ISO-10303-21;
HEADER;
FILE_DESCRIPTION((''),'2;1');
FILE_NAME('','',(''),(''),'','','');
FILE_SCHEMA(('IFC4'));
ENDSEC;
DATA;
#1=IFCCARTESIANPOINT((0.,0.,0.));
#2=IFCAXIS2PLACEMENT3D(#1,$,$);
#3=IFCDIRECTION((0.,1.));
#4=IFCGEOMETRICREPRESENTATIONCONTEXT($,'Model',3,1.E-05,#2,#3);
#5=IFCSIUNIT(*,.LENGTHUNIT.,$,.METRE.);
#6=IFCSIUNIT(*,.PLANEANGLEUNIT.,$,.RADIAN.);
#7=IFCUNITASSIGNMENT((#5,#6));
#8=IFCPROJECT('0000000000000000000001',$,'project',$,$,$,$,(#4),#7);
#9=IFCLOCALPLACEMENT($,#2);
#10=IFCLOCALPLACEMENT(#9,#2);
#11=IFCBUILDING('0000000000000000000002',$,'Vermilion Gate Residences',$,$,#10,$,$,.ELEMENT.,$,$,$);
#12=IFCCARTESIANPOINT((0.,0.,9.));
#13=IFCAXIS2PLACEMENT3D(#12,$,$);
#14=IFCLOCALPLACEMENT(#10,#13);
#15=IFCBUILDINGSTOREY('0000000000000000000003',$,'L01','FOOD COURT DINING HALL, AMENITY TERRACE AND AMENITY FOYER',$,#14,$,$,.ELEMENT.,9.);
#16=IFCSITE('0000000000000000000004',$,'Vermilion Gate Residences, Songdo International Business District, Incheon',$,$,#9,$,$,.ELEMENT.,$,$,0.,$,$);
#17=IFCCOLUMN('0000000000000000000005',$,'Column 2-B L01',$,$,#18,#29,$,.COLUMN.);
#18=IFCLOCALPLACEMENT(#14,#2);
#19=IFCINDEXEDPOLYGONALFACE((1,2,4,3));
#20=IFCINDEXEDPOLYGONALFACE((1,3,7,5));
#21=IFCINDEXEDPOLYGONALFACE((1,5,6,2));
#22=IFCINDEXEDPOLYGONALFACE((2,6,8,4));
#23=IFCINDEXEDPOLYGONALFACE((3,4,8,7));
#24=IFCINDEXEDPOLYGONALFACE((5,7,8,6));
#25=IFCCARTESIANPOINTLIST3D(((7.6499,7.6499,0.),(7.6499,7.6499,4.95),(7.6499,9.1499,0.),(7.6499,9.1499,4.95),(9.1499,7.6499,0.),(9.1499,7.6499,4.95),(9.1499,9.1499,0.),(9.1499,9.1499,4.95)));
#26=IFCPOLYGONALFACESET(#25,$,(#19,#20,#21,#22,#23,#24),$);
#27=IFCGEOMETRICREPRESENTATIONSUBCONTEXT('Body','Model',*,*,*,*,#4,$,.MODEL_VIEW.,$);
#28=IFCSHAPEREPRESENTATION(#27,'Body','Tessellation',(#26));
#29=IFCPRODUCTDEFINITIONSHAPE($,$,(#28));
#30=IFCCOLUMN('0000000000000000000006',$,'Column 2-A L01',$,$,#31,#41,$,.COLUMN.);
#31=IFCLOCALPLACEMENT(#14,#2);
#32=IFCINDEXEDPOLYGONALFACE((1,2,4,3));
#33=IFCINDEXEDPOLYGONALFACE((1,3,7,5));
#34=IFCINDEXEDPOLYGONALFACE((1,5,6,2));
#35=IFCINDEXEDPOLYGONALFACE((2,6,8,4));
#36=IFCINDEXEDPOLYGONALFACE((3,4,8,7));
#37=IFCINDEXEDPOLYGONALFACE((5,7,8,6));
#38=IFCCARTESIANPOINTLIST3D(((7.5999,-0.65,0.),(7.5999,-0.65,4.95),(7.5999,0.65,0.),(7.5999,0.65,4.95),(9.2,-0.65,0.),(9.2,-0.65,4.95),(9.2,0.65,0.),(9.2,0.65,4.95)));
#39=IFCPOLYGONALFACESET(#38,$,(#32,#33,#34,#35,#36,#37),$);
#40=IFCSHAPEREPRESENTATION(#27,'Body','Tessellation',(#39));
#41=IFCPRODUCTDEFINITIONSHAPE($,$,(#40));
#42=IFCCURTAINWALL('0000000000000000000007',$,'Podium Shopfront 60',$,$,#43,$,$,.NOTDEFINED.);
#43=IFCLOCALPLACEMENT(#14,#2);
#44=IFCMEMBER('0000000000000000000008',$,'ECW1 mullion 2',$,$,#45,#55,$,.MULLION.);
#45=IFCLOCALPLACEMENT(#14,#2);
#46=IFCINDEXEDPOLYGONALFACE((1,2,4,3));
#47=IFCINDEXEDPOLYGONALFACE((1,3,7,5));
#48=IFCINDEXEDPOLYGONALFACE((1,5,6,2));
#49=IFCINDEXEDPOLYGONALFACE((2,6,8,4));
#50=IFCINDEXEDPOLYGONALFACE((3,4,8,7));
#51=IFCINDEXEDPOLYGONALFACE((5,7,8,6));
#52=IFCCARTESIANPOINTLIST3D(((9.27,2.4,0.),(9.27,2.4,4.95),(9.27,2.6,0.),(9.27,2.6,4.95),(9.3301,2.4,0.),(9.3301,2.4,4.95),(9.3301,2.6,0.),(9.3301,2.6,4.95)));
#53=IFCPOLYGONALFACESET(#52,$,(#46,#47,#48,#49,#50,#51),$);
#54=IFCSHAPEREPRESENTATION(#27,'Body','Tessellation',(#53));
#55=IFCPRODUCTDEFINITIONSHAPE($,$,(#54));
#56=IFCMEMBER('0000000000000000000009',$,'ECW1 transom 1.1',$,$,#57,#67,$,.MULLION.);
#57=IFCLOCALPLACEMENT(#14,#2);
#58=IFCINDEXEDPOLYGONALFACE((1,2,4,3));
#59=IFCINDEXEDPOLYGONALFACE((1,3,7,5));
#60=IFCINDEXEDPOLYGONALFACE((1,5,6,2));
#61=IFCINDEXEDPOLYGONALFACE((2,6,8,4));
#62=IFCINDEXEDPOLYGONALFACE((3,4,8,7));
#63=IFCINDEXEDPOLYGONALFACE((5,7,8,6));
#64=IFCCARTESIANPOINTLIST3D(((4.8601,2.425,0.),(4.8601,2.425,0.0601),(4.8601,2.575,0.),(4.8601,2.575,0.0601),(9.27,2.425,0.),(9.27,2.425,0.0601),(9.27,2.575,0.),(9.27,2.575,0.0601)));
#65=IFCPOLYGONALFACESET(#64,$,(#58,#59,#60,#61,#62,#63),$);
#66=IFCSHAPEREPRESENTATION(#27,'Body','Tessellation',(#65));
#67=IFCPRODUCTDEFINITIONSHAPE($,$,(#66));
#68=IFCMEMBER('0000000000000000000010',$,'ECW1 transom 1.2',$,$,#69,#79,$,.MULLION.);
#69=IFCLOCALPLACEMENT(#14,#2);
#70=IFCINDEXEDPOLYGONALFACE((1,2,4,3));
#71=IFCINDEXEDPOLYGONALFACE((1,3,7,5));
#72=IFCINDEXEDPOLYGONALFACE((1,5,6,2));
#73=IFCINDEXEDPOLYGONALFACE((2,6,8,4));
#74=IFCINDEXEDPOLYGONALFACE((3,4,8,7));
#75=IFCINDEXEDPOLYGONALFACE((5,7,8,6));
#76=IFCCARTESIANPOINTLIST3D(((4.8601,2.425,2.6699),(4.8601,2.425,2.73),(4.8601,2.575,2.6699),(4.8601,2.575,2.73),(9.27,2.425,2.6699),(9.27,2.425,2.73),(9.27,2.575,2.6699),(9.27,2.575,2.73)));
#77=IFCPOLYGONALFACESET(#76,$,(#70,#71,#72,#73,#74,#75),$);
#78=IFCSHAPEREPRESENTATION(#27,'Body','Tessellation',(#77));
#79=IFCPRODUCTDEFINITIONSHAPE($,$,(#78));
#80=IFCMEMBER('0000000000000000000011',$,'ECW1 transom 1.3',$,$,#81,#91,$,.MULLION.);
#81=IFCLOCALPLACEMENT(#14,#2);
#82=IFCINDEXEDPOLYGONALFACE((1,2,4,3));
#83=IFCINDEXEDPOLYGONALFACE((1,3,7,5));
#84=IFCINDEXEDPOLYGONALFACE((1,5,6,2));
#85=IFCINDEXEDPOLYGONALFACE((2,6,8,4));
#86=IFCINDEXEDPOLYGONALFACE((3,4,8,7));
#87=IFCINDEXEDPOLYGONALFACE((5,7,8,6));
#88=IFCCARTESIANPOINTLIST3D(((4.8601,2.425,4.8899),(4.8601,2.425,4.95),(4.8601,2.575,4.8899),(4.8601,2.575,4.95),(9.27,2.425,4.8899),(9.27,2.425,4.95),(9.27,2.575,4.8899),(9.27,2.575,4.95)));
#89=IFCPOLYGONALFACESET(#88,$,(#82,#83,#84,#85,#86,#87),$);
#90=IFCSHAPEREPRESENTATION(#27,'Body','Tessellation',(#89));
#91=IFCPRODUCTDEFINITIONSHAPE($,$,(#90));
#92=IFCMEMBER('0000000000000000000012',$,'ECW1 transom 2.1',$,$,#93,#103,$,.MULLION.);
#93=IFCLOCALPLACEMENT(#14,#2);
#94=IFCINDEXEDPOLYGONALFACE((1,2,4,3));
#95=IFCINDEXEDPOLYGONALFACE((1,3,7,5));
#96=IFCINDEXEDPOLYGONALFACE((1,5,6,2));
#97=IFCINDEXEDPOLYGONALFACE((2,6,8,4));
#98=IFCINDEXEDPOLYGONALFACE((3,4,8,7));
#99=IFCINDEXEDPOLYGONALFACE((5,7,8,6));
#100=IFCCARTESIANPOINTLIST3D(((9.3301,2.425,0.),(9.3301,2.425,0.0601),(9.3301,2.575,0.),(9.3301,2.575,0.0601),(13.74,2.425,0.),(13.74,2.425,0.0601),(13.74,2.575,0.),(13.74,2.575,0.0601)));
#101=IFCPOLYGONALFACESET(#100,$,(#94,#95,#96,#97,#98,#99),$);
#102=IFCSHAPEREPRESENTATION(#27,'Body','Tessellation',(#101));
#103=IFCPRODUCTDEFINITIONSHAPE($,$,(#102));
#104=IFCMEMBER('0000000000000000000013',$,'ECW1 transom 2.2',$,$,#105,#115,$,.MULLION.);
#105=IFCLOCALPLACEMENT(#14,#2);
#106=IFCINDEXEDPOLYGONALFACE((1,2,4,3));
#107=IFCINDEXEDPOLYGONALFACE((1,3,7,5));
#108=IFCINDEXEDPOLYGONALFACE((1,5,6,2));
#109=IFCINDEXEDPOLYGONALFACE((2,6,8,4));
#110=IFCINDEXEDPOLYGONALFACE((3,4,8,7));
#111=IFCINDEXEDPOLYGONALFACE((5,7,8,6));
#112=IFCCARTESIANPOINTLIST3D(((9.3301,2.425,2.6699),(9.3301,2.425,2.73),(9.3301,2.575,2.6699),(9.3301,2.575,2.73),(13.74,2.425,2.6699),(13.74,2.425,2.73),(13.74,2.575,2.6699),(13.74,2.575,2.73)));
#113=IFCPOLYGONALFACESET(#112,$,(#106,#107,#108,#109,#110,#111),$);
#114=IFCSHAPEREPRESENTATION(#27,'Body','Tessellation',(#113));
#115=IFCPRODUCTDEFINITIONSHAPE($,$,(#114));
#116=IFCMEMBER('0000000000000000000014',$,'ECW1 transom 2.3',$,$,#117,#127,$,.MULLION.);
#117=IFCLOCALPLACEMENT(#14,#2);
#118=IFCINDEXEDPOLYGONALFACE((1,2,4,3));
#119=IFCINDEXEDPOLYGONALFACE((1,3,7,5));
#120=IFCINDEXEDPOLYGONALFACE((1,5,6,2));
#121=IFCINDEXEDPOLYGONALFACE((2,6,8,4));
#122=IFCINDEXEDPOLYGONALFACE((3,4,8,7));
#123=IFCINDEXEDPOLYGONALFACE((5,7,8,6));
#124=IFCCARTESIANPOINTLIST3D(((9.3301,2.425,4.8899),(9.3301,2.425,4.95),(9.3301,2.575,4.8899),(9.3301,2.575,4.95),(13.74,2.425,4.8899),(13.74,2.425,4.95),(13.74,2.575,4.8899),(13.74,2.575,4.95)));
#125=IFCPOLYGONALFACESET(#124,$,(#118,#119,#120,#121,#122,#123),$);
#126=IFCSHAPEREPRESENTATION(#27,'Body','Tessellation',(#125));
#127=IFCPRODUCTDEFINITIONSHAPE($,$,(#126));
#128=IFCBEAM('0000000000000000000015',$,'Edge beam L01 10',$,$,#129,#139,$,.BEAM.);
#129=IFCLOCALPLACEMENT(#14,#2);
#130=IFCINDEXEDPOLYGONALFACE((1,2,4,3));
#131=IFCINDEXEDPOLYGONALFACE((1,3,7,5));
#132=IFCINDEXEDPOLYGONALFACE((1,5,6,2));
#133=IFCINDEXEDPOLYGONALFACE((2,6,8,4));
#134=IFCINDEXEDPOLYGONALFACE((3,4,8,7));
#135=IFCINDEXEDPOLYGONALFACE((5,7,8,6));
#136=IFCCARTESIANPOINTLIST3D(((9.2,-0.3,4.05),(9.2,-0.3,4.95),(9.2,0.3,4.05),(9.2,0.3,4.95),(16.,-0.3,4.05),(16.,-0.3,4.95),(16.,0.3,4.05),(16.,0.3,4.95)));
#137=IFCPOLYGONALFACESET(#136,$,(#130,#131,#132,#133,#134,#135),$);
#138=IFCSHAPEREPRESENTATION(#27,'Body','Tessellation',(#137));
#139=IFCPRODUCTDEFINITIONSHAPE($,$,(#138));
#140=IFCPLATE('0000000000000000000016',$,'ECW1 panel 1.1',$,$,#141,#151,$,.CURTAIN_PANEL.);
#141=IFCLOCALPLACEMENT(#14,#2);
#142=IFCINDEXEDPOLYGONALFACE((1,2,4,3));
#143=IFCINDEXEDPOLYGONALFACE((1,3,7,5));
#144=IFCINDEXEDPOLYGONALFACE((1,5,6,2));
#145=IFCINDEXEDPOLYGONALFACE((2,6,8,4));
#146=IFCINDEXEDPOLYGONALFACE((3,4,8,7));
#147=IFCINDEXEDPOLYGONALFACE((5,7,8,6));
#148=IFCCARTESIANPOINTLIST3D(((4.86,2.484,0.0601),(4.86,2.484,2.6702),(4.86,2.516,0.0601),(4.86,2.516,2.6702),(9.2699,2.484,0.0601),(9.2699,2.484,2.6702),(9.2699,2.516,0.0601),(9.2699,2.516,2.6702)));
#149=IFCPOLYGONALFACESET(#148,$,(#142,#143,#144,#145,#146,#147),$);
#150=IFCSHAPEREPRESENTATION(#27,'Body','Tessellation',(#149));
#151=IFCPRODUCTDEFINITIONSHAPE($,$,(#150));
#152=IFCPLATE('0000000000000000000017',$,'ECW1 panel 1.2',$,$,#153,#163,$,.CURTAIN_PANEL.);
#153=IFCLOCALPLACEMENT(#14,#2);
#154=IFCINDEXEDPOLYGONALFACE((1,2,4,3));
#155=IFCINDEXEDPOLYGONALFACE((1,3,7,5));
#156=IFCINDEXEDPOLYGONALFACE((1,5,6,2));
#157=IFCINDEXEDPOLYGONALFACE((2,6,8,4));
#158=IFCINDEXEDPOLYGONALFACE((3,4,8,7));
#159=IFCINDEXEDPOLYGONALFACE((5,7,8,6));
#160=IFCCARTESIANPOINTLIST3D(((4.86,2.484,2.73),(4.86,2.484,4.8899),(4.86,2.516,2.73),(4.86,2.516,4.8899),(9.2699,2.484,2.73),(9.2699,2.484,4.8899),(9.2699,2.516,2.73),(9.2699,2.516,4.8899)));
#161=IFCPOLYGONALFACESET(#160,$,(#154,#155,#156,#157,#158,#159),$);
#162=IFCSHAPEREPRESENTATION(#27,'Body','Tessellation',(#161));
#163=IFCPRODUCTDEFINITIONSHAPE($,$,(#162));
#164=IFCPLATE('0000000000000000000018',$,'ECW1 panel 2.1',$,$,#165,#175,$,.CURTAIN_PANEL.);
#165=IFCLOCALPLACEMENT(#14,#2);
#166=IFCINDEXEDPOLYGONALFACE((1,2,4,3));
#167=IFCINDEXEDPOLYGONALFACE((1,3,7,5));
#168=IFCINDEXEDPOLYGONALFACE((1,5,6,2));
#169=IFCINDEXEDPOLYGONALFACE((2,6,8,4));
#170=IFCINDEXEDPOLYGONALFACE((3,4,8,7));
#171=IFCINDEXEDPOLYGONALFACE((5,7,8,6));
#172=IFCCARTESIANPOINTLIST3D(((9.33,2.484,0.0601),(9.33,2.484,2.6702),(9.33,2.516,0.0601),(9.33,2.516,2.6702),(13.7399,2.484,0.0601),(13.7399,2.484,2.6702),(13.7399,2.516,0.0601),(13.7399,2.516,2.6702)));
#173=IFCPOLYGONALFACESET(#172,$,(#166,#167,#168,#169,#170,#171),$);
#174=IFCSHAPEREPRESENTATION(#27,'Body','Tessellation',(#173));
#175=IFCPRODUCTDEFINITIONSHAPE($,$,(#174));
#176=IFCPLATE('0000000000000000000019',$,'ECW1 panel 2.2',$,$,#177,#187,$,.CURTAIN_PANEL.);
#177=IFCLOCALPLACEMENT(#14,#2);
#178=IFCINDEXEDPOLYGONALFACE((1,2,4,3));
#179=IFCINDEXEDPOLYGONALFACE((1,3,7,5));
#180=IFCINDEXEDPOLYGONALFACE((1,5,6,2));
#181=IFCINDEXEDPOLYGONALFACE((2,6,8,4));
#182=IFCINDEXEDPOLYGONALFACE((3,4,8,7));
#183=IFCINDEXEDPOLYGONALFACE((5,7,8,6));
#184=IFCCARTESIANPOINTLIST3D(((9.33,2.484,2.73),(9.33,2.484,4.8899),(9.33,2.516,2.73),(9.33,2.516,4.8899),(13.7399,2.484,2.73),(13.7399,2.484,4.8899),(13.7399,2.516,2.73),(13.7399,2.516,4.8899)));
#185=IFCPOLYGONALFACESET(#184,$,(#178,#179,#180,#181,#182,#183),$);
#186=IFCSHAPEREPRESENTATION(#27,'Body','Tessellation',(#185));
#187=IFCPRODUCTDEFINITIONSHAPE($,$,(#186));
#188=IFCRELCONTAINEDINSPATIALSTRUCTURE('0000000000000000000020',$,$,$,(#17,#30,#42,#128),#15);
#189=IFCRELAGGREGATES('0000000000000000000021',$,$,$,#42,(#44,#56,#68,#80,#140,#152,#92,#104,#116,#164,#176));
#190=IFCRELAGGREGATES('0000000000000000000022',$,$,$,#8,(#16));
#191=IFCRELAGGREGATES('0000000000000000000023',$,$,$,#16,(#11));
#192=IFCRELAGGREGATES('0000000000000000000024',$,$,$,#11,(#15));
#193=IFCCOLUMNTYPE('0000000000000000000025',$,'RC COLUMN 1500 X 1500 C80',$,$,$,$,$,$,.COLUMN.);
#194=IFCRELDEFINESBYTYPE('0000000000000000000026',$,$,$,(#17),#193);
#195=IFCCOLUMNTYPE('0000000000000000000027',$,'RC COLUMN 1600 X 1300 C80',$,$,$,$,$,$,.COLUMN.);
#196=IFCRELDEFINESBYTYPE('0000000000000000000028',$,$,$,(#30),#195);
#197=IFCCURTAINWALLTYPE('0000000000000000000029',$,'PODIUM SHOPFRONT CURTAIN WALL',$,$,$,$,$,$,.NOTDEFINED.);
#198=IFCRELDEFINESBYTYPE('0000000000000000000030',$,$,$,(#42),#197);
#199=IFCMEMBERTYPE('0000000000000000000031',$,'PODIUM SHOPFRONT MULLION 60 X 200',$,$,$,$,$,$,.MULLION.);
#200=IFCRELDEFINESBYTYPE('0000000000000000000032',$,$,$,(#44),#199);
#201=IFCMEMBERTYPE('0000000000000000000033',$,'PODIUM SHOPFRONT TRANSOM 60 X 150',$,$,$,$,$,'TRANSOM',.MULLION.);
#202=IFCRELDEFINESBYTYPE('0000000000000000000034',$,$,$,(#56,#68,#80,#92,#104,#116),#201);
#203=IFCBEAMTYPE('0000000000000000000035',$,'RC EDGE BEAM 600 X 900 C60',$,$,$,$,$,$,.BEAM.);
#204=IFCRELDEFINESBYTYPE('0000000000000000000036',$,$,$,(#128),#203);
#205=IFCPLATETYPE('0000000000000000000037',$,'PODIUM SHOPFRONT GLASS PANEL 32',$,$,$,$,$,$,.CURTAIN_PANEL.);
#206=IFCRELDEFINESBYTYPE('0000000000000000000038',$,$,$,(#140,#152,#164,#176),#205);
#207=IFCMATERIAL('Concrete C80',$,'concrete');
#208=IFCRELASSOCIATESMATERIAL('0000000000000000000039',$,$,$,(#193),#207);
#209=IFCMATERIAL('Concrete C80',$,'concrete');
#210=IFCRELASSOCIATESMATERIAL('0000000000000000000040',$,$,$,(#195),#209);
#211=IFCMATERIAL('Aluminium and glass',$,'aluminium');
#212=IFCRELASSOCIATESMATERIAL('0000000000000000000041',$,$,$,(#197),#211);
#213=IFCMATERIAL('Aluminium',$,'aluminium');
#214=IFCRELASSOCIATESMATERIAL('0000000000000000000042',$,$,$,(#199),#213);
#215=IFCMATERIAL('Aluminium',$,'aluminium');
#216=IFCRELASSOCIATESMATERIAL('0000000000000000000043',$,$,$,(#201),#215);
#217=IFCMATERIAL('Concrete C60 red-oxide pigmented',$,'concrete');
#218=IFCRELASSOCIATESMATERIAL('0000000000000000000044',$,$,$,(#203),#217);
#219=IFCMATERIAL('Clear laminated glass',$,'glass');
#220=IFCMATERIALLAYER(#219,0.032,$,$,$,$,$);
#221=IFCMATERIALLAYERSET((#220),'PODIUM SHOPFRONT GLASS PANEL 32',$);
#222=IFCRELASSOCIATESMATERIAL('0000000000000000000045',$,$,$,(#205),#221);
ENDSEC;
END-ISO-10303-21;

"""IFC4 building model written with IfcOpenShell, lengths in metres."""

from ifc_helpers import new_model, si_unit, direction, frame, origin, origin_2d, place, context, subcontext, project, spatial, rectangle, extrude, material, layer, layer_set, material_profile, profile_set, type_object, element, aggregate, save


model = new_model("IFC4")

# Units and contexts
model_context = context("Model", 3, precision=1e-05, world=origin(), true_north=direction((0.0, 1.0)))
body_context = subcontext(model_context, "Body", "Model", "MODEL_VIEW")
ifc_project = project(units=[si_unit("LENGTHUNIT", "METRE"), si_unit("PLANEANGLEUNIT", "RADIAN")], contexts=[model_context])

# Site, building, storey
site_placement = place(None, origin())
site = spatial("IfcSite", under=ifc_project, at=site_placement, Name="Vermilion Gate Residences, Songdo International Business District, Incheon", CompositionType="ELEMENT", RefElevation=0.0)
building_placement = place(site_placement, origin())
building = spatial("IfcBuilding", under=site, at=building_placement, Name="Vermilion Gate Residences", CompositionType="ELEMENT")
storey_placement = place(building_placement, frame((0.0, 0.0, 9.0)))
storey = spatial("IfcBuildingStorey", under=building, at=storey_placement, Name="L01", Description="FOOD COURT DINING HALL, AMENITY TERRACE AND AMENITY FOYER", CompositionType="ELEMENT", Elevation=9.0)

# Columns
ifc_material_1 = material(Name="Concrete C80", Category="concrete")
ifc_material_profile_1 = material_profile(ifc_material_1, rectangle(XDim=1.5, YDim=1.5, at=origin_2d()), Name="RC-1500x1500")
ifc_profile_set_1 = profile_set([ifc_material_profile_1], Name="Concrete C80")
column_type_1 = type_object("IfcColumnType", Name="RC COLUMN 1500 X 1500 C80", PredefinedType="COLUMN", material=ifc_profile_set_1)
column_1_placement = place(storey_placement, frame((8.3999, 8.3999, 0.0), z_axis=(0.0, 0.0, 1.0), x_axis=(1.0, 0.0, 0.0)))
element("IfcColumn", 1, at=column_1_placement, inside=storey, type_object=column_type_1, Name="Column 2-B L01", PredefinedType="COLUMN", context=body_context, shape_type="SweptSolid", body=[
    extrude(rectangle(XDim=1.5, YDim=1.5, at=origin_2d()), origin(), (0.0, 0.0, 1.0), 4.95),
])
ifc_material_2 = material(Name="Concrete C80", Category="concrete")
ifc_material_profile_2 = material_profile(ifc_material_2, rectangle(XDim=1.6001, YDim=1.3, at=origin_2d()), Name="RC-1600x1300")
ifc_profile_set_2 = profile_set([ifc_material_profile_2], Name="Concrete C80")
column_type_2 = type_object("IfcColumnType", Name="RC COLUMN 1600 X 1300 C80", PredefinedType="COLUMN", material=ifc_profile_set_2)
column_2_placement = place(storey_placement, frame((8.3999, 0.0, 0.0), z_axis=(0.0, 0.0, 1.0), x_axis=(1.0, 0.0, 0.0)))
element("IfcColumn", 2, at=column_2_placement, inside=storey, type_object=column_type_2, Name="Column 2-A L01", PredefinedType="COLUMN", context=body_context, shape_type="SweptSolid", body=[
    extrude(rectangle(XDim=1.6001, YDim=1.3, at=origin_2d()), origin(), (0.0, 0.0, 1.0), 4.95),
])

# Curtain wall, members
ifc_material_3 = material(Name="Aluminium and glass", Category="aluminium")
curtain_wall_type = type_object("IfcCurtainWallType", Name="PODIUM SHOPFRONT CURTAIN WALL", PredefinedType="NOTDEFINED", material=ifc_material_3)
curtain_wall_placement = place(storey_placement, origin())
curtain_wall = element("IfcCurtainWall", 3, at=curtain_wall_placement, inside=storey, type_object=curtain_wall_type, Name="Podium Shopfront 60", PredefinedType="NOTDEFINED")
ifc_material_4 = material(Name="Aluminium", Category="aluminium")
ifc_material_profile_3 = material_profile(ifc_material_4, rectangle(XDim=0.2, YDim=0.0601, at=origin_2d()), Name="MULLION 60 X 200")
ifc_profile_set_3 = profile_set([ifc_material_profile_3], Name="Aluminium")
member_type_1 = type_object("IfcMemberType", Name="PODIUM SHOPFRONT MULLION 60 X 200", PredefinedType="MULLION", material=ifc_profile_set_3)
member_1_placement = place(storey_placement, frame((9.3, 2.5, 0.0), z_axis=(0.0, 0.0, 1.0), x_axis=(0.0, 1.0, 0.0)))
member_1 = element("IfcMember", 4, at=member_1_placement, type_object=member_type_1, Name="ECW1 mullion 2", PredefinedType="MULLION", context=body_context, shape_type="SweptSolid", body=[
    extrude(rectangle(XDim=0.2, YDim=0.0601, at=origin_2d()), origin(), (0.0, 0.0, 1.0), 4.95),
])
ifc_material_5 = material(Name="Aluminium", Category="aluminium")
ifc_material_profile_4 = material_profile(ifc_material_5, rectangle(XDim=0.1499, YDim=0.0601, at=origin_2d()), Name="TRANSOM 60 X 150")
ifc_profile_set_4 = profile_set([ifc_material_profile_4], Name="Aluminium")
member_type_2 = type_object("IfcMemberType", Name="PODIUM SHOPFRONT TRANSOM 60 X 150", ElementType="TRANSOM", PredefinedType="MULLION", material=ifc_profile_set_4)
member_2_placement = place(storey_placement, frame((4.8601, 2.5, 0.03), z_axis=(1.0, 0.0, 0.0), x_axis=(0.0, 1.0, 0.0)))
member_2 = element("IfcMember", 5, at=member_2_placement, type_object=member_type_2, Name="ECW1 transom 1.1", PredefinedType="MULLION", context=body_context, shape_type="SweptSolid", body=[
    extrude(rectangle(XDim=0.1499, YDim=0.0601, at=origin_2d()), origin(), (0.0, 0.0, 1.0), 4.4099),
])
member_3_placement = place(storey_placement, frame((4.8601, 2.5, 2.7), z_axis=(1.0, 0.0, 0.0), x_axis=(0.0, 1.0, 0.0)))
member_3 = element("IfcMember", 6, at=member_3_placement, type_object=member_type_2, Name="ECW1 transom 1.2", PredefinedType="MULLION", context=body_context, shape_type="SweptSolid", body=[
    extrude(rectangle(XDim=0.1499, YDim=0.0601, at=origin_2d()), origin(), (0.0, 0.0, 1.0), 4.4099),
])
member_4_placement = place(storey_placement, frame((4.8601, 2.5, 4.9199), z_axis=(1.0, 0.0, 0.0), x_axis=(0.0, 1.0, 0.0)))
member_4 = element("IfcMember", 7, at=member_4_placement, type_object=member_type_2, Name="ECW1 transom 1.3", PredefinedType="MULLION", context=body_context, shape_type="SweptSolid", body=[
    extrude(rectangle(XDim=0.1499, YDim=0.0601, at=origin_2d()), origin(), (0.0, 0.0, 1.0), 4.4099),
])
member_5_placement = place(storey_placement, frame((9.3301, 2.5, 0.03), z_axis=(1.0, 0.0, 0.0), x_axis=(0.0, 1.0, 0.0)))
member_5 = element("IfcMember", 8, at=member_5_placement, type_object=member_type_2, Name="ECW1 transom 2.1", PredefinedType="MULLION", context=body_context, shape_type="SweptSolid", body=[
    extrude(rectangle(XDim=0.1499, YDim=0.0601, at=origin_2d()), origin(), (0.0, 0.0, 1.0), 4.4099),
])
member_6_placement = place(storey_placement, frame((9.3301, 2.5, 2.7), z_axis=(1.0, 0.0, 0.0), x_axis=(0.0, 1.0, 0.0)))
member_6 = element("IfcMember", 9, at=member_6_placement, type_object=member_type_2, Name="ECW1 transom 2.2", PredefinedType="MULLION", context=body_context, shape_type="SweptSolid", body=[
    extrude(rectangle(XDim=0.1499, YDim=0.0601, at=origin_2d()), origin(), (0.0, 0.0, 1.0), 4.4099),
])
member_7_placement = place(storey_placement, frame((9.3301, 2.5, 4.9199), z_axis=(1.0, 0.0, 0.0), x_axis=(0.0, 1.0, 0.0)))
member_7 = element("IfcMember", 10, at=member_7_placement, type_object=member_type_2, Name="ECW1 transom 2.3", PredefinedType="MULLION", context=body_context, shape_type="SweptSolid", body=[
    extrude(rectangle(XDim=0.1499, YDim=0.0601, at=origin_2d()), origin(), (0.0, 0.0, 1.0), 4.4099),
])

# Beam
ifc_material_6 = material(Name="Concrete C60 red-oxide pigmented", Category="concrete")
ifc_material_profile_5 = material_profile(ifc_material_6, rectangle(XDim=0.6001, YDim=0.8999, at=origin_2d()), Name="RC-600x900")
ifc_profile_set_5 = profile_set([ifc_material_profile_5], Name="Concrete C60 red-oxide pigmented")
beam_type = type_object("IfcBeamType", Name="RC EDGE BEAM 600 X 900 C60", PredefinedType="BEAM", material=ifc_profile_set_5)
beam_placement = place(storey_placement, frame((9.2, 0.0, 4.5), z_axis=(1.0, 0.0, 0.0), x_axis=(0.0, 1.0, 0.0)))
element("IfcBeam", 11, at=beam_placement, inside=storey, type_object=beam_type, Name="Edge beam L01 10", PredefinedType="BEAM", context=body_context, shape_type="SweptSolid", body=[
    extrude(rectangle(XDim=0.6001, YDim=0.8999, at=origin_2d()), origin(), (0.0, 0.0, 1.0), 6.8),
])

# Plates
ifc_material_7 = material(Name="Clear laminated glass", Category="glass")
ifc_layer_1 = layer(ifc_material_7, 0.032)
ifc_layer_set_1 = layer_set([ifc_layer_1], Name="PODIUM SHOPFRONT GLASS PANEL 32")
plate_type = type_object("IfcPlateType", Name="PODIUM SHOPFRONT GLASS PANEL 32", PredefinedType="CURTAIN_PANEL", material=ifc_layer_set_1)
plate_1_placement = place(storey_placement, frame((7.0649, 2.5, 0.0601), z_axis=(0.0, 0.0, 1.0), x_axis=(1.0, 0.0, 0.0)))
plate_1 = element("IfcPlate", 12, at=plate_1_placement, type_object=plate_type, Name="ECW1 panel 1.1", PredefinedType="CURTAIN_PANEL", context=body_context, shape_type="SweptSolid", body=[
    extrude(rectangle(XDim=4.4099, YDim=0.032, at=origin_2d()), origin(), (0.0, 0.0, 1.0), 2.6101),
])
plate_2_placement = place(storey_placement, frame((7.0649, 2.5, 2.73), z_axis=(0.0, 0.0, 1.0), x_axis=(1.0, 0.0, 0.0)))
plate_2 = element("IfcPlate", 13, at=plate_2_placement, type_object=plate_type, Name="ECW1 panel 1.2", PredefinedType="CURTAIN_PANEL", context=body_context, shape_type="SweptSolid", body=[
    extrude(rectangle(XDim=4.4099, YDim=0.032, at=origin_2d()), origin(), (0.0, 0.0, 1.0), 2.1599),
])
plate_3_placement = place(storey_placement, frame((11.5349, 2.5, 0.0601), z_axis=(0.0, 0.0, 1.0), x_axis=(1.0, 0.0, 0.0)))
plate_3 = element("IfcPlate", 14, at=plate_3_placement, type_object=plate_type, Name="ECW1 panel 2.1", PredefinedType="CURTAIN_PANEL", context=body_context, shape_type="SweptSolid", body=[
    extrude(rectangle(XDim=4.4099, YDim=0.032, at=origin_2d()), origin(), (0.0, 0.0, 1.0), 2.6101),
])
plate_4_placement = place(storey_placement, frame((11.5349, 2.5, 2.73), z_axis=(0.0, 0.0, 1.0), x_axis=(1.0, 0.0, 0.0)))
plate_4 = element("IfcPlate", 15, at=plate_4_placement, type_object=plate_type, Name="ECW1 panel 2.2", PredefinedType="CURTAIN_PANEL", context=body_context, shape_type="SweptSolid", body=[
    extrude(rectangle(XDim=4.4099, YDim=0.032, at=origin_2d()), origin(), (0.0, 0.0, 1.0), 2.1599),
])
aggregate(curtain_wall, [member_1, member_2, member_3, member_4, plate_1, plate_2, member_5, member_6, member_7, plate_3, plate_4])

save(model, "model.ifc")
